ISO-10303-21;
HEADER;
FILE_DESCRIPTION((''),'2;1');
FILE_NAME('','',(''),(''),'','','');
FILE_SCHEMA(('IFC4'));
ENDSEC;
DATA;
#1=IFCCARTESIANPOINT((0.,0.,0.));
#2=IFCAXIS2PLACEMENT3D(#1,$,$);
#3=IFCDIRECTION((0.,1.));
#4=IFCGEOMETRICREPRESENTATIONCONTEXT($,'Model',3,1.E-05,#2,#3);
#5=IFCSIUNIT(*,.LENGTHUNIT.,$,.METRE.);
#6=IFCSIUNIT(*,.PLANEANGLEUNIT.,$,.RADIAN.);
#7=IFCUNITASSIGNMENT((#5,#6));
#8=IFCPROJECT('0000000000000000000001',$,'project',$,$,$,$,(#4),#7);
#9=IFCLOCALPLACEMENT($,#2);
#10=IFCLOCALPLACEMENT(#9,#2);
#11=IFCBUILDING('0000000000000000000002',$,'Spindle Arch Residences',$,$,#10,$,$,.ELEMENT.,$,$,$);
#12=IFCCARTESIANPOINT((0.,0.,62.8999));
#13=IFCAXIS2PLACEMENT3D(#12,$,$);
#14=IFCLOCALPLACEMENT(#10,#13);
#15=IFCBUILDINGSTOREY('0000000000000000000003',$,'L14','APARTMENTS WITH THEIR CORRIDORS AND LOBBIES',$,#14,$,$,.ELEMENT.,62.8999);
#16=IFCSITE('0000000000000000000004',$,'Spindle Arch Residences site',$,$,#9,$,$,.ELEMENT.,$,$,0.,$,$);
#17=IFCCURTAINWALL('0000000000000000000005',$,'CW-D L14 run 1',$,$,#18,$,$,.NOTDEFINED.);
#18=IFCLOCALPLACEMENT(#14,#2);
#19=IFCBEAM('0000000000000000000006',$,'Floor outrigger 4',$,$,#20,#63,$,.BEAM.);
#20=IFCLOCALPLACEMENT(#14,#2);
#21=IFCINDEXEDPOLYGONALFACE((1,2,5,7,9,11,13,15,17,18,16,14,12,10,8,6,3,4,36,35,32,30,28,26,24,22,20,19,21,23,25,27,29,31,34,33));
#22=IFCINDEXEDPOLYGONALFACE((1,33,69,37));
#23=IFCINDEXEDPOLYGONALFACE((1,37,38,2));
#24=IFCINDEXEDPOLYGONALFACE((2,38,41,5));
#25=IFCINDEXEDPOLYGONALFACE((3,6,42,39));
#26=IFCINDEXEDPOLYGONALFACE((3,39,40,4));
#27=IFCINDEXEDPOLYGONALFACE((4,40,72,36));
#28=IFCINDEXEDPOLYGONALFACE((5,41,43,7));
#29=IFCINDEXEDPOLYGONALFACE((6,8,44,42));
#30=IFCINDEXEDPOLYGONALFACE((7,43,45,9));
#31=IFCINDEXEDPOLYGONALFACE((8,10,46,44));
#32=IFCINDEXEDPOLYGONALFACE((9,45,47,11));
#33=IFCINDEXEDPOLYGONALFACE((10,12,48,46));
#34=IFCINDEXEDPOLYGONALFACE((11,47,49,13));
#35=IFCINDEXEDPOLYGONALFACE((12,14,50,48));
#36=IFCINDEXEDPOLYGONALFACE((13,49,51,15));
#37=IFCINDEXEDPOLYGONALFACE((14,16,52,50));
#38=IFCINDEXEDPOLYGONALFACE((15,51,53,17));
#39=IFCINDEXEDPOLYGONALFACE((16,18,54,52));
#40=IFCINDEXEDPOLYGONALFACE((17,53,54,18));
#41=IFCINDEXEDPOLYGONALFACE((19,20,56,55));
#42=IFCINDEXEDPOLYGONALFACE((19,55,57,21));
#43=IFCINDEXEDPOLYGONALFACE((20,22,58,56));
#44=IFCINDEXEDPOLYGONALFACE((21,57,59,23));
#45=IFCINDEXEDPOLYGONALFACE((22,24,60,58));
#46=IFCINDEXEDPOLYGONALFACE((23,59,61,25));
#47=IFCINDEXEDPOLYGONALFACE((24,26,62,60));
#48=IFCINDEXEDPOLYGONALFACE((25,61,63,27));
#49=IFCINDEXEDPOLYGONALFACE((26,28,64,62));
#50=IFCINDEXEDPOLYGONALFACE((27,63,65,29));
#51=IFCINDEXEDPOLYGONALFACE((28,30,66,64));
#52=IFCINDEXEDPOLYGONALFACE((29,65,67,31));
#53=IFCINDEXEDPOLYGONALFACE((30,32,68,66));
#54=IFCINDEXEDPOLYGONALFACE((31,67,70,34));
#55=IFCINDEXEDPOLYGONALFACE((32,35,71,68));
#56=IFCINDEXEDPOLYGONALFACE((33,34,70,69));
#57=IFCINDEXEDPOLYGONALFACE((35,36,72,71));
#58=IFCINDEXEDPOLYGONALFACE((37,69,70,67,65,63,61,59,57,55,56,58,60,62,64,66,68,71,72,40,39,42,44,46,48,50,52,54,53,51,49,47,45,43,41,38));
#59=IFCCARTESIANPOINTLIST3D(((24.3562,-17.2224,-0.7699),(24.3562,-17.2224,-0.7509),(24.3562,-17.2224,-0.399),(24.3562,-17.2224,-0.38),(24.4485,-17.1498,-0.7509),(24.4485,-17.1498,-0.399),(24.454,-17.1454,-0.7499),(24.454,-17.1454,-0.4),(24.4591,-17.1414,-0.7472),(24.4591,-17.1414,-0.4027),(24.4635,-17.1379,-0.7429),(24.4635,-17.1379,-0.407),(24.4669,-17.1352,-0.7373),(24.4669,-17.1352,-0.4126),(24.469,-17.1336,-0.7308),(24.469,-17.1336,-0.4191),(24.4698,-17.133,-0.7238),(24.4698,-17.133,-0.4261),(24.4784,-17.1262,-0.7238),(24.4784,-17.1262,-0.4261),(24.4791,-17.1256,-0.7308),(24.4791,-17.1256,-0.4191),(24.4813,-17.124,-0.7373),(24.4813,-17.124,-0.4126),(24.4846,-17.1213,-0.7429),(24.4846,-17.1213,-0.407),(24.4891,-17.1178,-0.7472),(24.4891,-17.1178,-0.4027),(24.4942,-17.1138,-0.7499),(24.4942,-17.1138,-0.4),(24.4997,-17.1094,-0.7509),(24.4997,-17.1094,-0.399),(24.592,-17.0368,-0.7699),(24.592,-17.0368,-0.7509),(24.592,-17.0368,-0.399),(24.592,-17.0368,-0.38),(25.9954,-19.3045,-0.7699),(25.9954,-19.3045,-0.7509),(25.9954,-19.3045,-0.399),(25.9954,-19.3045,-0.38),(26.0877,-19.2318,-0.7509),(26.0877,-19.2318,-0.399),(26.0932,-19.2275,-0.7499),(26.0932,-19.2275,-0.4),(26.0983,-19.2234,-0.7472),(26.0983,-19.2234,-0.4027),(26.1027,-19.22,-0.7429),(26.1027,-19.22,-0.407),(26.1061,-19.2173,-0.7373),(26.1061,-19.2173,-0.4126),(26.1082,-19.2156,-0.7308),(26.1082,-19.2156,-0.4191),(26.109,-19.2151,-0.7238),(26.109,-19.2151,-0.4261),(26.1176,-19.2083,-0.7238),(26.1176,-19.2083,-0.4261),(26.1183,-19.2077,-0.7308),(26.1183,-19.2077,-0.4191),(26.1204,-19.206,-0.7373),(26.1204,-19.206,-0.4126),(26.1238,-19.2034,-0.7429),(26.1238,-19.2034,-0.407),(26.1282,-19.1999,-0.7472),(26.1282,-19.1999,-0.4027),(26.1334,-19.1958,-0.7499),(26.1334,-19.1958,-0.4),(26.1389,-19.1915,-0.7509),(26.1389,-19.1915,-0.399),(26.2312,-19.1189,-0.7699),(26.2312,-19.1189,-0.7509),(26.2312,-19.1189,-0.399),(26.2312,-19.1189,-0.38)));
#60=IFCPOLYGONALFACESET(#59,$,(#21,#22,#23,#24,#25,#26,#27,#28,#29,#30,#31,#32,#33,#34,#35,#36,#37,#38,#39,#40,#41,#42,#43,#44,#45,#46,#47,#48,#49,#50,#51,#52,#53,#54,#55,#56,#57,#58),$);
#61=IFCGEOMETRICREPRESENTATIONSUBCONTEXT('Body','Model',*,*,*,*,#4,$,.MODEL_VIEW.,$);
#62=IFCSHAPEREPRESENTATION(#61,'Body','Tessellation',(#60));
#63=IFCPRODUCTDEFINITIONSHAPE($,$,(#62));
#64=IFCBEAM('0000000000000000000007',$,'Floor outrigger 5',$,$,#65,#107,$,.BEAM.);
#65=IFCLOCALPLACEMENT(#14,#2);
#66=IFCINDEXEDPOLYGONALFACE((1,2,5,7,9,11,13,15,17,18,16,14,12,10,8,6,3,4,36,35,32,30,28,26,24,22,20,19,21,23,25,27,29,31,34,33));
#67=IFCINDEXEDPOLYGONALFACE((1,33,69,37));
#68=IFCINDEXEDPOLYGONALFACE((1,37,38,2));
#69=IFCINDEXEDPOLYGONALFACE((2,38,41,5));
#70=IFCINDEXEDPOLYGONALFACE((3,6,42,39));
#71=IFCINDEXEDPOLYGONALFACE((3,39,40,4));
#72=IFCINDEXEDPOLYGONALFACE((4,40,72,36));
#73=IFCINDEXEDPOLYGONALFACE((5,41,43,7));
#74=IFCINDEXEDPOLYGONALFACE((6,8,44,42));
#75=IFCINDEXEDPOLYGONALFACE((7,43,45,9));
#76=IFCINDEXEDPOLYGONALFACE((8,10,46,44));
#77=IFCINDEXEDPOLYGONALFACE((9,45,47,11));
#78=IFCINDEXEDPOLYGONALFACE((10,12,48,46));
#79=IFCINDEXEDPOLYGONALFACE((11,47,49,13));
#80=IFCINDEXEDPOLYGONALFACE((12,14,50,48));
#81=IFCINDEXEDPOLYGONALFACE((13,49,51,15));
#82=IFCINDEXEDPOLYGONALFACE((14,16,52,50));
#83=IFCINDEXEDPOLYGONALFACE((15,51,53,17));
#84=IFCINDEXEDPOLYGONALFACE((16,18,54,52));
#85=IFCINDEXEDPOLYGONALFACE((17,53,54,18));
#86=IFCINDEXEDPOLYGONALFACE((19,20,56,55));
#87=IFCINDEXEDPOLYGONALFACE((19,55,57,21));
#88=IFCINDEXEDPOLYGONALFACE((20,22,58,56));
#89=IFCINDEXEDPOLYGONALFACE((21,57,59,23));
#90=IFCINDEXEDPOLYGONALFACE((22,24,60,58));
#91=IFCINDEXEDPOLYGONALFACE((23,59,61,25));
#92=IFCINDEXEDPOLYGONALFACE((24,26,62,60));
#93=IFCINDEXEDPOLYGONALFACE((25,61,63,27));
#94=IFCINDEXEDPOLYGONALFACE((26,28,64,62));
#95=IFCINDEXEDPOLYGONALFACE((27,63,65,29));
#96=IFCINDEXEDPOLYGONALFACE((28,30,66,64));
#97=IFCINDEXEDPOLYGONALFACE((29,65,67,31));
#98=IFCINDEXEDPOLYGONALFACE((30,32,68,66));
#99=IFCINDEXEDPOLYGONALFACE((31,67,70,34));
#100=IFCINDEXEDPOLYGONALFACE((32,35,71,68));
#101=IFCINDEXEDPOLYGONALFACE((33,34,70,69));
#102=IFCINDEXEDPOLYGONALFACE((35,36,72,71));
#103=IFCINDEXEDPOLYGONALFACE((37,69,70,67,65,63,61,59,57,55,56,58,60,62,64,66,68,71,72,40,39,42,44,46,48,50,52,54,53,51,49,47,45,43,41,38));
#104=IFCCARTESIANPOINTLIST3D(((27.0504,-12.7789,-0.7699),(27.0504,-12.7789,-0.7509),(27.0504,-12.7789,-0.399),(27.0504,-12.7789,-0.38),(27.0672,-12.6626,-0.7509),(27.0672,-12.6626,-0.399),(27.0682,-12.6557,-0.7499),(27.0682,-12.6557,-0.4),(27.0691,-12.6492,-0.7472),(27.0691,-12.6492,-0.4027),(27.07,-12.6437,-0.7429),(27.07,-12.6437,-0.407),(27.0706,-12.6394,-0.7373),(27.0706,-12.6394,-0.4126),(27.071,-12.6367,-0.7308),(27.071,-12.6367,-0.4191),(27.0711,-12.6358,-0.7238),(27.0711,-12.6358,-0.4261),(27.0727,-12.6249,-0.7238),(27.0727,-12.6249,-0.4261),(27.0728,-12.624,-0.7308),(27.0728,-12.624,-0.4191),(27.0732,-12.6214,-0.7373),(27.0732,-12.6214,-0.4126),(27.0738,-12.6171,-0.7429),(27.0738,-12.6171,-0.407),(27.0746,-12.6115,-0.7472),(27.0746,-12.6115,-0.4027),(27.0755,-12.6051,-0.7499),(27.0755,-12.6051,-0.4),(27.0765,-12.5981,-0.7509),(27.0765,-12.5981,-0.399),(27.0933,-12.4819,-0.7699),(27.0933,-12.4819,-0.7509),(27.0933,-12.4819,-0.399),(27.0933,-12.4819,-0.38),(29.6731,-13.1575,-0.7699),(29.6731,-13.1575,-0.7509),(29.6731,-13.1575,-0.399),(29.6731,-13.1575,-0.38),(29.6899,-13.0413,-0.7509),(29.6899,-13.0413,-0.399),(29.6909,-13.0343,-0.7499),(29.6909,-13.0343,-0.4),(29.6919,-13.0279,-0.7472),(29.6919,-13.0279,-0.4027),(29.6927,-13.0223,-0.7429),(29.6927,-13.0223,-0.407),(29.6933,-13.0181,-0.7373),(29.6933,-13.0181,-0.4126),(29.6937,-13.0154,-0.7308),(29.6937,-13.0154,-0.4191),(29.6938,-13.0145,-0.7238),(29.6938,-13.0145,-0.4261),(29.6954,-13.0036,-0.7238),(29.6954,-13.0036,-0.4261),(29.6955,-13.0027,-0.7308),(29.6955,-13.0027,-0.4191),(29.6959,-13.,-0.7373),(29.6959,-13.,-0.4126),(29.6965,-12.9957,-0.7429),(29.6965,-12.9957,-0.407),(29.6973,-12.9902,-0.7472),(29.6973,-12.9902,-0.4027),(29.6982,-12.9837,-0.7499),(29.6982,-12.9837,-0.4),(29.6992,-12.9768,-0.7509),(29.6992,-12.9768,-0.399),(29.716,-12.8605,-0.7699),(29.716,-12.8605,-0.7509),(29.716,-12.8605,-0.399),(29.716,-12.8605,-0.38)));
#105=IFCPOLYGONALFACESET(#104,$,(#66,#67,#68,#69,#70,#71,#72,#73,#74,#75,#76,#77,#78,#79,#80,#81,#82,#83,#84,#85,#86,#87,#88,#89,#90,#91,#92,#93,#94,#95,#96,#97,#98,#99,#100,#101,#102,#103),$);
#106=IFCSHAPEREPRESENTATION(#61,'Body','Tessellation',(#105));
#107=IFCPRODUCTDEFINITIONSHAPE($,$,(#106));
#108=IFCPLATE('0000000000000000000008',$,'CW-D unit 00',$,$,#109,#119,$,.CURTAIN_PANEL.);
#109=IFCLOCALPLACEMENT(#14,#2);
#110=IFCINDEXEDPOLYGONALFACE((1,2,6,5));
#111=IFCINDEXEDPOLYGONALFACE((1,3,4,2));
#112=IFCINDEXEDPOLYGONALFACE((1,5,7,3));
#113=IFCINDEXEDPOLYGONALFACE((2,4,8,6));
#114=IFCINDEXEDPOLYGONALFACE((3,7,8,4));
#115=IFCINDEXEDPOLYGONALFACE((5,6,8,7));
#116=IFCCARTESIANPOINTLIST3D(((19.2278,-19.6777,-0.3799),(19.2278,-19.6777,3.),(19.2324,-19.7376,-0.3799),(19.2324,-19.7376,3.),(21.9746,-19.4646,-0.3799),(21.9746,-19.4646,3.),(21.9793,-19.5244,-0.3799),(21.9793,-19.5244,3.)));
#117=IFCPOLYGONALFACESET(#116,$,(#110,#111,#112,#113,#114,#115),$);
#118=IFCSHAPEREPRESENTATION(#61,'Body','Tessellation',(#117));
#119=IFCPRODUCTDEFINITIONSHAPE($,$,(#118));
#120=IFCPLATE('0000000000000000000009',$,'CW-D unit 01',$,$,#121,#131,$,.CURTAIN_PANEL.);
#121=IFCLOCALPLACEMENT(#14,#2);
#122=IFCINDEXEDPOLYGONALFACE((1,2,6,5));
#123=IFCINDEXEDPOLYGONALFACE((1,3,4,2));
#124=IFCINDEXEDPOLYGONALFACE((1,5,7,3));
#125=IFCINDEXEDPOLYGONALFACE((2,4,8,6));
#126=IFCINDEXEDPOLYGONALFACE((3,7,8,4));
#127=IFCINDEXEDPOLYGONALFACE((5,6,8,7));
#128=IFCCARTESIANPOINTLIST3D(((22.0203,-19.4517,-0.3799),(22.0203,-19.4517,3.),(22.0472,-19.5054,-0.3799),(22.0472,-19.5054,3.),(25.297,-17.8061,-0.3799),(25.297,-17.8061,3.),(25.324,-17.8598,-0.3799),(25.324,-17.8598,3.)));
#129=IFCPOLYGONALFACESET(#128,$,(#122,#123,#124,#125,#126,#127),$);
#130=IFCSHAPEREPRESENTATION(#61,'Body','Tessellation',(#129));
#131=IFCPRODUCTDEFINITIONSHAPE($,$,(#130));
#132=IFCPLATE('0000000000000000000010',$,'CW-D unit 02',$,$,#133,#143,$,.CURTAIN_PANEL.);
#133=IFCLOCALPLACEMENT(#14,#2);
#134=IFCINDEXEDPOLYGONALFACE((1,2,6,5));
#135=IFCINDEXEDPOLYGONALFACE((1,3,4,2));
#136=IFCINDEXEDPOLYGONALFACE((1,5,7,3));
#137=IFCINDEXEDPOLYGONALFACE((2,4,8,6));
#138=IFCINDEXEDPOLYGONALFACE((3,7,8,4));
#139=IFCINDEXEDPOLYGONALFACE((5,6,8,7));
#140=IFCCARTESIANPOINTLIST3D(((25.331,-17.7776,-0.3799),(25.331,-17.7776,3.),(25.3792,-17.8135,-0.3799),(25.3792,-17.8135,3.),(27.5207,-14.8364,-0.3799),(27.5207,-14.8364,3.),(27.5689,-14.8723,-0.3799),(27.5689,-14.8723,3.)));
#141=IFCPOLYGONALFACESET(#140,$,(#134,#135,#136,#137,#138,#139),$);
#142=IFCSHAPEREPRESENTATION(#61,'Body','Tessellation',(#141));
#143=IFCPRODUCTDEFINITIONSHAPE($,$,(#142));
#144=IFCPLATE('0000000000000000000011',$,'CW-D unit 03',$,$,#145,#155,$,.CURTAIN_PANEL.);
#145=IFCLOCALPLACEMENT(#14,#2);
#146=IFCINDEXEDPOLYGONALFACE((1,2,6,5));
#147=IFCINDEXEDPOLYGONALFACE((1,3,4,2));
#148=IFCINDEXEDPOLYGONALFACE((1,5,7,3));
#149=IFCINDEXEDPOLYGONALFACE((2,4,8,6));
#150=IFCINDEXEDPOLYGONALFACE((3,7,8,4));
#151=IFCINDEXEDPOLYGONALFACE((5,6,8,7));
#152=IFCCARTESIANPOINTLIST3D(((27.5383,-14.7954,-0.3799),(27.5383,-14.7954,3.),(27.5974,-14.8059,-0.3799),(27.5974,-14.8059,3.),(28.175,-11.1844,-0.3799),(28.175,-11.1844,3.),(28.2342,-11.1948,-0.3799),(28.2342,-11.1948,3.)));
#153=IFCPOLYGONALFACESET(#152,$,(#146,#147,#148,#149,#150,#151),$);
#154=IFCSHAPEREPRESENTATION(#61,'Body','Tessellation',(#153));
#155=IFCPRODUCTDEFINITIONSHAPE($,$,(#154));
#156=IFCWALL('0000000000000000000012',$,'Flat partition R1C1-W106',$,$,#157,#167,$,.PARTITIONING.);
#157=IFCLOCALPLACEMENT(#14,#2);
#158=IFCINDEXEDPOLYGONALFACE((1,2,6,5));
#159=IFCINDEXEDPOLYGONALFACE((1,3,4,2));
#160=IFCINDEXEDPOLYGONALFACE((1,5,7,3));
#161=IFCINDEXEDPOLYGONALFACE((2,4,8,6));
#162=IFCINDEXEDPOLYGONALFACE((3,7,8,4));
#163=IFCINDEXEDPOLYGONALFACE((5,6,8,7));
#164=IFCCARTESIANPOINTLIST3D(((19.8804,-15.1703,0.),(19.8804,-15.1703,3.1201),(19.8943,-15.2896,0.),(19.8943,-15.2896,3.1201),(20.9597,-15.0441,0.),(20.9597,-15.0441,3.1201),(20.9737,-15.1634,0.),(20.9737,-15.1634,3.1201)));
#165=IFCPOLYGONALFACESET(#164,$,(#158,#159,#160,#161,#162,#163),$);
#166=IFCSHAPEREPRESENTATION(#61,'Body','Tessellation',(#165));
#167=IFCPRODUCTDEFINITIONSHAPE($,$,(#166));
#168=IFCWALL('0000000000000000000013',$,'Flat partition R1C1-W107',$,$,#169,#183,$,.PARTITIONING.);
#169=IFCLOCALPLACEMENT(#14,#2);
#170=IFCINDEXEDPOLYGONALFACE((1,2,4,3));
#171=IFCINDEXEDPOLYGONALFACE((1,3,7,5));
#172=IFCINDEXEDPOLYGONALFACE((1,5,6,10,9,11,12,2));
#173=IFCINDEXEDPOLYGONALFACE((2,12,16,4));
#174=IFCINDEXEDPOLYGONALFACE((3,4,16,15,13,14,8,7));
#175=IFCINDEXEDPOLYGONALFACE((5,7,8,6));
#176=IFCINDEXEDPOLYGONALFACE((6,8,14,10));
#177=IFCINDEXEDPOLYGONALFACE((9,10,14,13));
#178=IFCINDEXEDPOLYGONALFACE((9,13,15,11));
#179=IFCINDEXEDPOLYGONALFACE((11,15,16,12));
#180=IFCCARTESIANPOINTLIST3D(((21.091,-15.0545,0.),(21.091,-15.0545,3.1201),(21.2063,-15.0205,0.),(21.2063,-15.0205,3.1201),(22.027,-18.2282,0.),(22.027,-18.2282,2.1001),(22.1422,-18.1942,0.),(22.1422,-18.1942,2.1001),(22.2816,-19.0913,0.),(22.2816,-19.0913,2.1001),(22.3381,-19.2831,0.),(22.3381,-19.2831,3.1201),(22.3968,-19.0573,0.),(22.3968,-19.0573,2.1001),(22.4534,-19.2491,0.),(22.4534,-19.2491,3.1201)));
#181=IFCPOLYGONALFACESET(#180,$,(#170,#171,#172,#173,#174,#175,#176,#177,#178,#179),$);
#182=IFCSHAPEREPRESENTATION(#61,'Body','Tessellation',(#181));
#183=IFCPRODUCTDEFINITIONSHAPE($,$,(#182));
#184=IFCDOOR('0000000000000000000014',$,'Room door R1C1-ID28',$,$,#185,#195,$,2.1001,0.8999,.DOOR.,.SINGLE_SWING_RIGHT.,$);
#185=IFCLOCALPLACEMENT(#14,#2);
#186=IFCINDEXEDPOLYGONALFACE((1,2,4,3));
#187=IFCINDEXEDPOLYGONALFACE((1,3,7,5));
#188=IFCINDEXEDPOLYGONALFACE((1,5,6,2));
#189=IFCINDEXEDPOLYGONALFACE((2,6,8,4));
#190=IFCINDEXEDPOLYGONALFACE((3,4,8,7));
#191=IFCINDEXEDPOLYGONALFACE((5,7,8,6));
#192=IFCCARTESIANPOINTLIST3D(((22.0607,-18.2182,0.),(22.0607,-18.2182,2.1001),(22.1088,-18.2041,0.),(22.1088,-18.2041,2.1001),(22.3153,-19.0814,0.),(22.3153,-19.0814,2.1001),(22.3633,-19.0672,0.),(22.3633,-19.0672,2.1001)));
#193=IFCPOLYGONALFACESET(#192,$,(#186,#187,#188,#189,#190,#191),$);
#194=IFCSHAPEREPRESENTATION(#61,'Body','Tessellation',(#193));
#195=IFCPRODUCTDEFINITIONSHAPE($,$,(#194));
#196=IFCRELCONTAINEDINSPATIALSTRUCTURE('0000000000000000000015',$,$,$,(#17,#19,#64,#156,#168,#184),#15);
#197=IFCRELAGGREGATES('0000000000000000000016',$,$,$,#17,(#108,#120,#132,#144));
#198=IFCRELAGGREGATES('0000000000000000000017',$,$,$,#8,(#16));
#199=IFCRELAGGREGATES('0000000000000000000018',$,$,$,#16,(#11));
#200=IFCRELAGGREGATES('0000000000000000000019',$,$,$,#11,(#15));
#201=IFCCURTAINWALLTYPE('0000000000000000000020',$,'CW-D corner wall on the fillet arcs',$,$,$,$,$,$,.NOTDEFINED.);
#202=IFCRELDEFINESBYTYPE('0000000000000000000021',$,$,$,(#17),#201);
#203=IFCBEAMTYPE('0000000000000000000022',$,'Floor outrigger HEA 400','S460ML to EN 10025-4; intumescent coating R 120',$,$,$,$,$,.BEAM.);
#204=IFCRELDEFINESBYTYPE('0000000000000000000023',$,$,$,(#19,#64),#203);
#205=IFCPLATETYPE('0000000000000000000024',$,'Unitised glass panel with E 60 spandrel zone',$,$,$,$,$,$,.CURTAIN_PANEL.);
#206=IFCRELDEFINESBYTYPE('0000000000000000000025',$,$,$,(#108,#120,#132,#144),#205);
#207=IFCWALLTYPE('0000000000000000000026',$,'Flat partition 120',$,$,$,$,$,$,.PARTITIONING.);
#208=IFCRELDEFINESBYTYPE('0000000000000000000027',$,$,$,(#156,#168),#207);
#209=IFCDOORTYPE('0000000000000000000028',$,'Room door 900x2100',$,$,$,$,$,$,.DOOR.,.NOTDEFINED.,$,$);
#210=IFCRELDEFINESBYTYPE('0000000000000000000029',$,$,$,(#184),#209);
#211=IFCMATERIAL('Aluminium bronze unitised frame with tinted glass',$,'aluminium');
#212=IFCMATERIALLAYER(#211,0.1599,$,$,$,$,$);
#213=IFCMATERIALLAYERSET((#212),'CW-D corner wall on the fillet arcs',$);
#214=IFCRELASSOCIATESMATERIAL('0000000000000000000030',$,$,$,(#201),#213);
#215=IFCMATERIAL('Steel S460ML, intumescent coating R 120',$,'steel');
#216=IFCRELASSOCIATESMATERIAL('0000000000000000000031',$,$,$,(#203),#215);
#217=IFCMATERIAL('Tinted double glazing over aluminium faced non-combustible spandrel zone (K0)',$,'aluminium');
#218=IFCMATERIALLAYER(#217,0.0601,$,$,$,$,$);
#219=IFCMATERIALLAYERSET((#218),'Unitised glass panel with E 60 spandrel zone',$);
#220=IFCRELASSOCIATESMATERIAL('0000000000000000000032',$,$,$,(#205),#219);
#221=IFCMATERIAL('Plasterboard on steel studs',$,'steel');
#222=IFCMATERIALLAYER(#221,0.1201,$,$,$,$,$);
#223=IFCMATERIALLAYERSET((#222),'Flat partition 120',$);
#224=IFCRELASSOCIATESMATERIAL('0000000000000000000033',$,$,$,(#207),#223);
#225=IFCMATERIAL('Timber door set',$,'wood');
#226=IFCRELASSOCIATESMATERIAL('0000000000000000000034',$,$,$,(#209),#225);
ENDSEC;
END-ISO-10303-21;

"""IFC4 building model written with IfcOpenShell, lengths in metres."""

from ifc_helpers import new_model, si_unit, direction, frame, frame_2d, origin, origin_2d, place, context, subcontext, project, spatial, rectangle, i_section, extrude, material, layer, layer_set, material_profile, profile_set, type_object, element, fill, aggregate, save


model = new_model("IFC4")

# Units and contexts
model_context = context("Model", 3, precision=1e-05, world=origin(), true_north=direction((0.0, 1.0)))
body_context = subcontext(model_context, "Body", "Model", "MODEL_VIEW")
ifc_project = project(units=[si_unit("LENGTHUNIT", "METRE"), si_unit("PLANEANGLEUNIT", "RADIAN")], contexts=[model_context])

# Site, building, storey
site_placement = place(None, origin())
site = spatial("IfcSite", under=ifc_project, at=site_placement, Name="Spindle Arch Residences site", CompositionType="ELEMENT", RefElevation=0.0)
building_placement = place(site_placement, origin())
building = spatial("IfcBuilding", under=site, at=building_placement, Name="Spindle Arch Residences", CompositionType="ELEMENT")
storey_placement = place(building_placement, frame((0.0, 0.0, 62.8999)))
storey = spatial("IfcBuildingStorey", under=building, at=storey_placement, Name="L14", Description="APARTMENTS WITH THEIR CORRIDORS AND LOBBIES", CompositionType="ELEMENT", Elevation=62.8999)

# Curtain wall
ifc_material_1 = material(Name="Aluminium bronze unitised frame with tinted glass", Category="aluminium")
ifc_layer_1 = layer(ifc_material_1, 0.1599)
ifc_layer_set_1 = layer_set([ifc_layer_1], Name="CW-D corner wall on the fillet arcs")
curtain_wall_type = type_object("IfcCurtainWallType", Name="CW-D corner wall on the fillet arcs", PredefinedType="NOTDEFINED", material=ifc_layer_set_1)
curtain_wall_placement = place(storey_placement, origin())
curtain_wall = element("IfcCurtainWall", 1, at=curtain_wall_placement, inside=storey, type_object=curtain_wall_type, Name="CW-D L14 run 1", PredefinedType="NOTDEFINED")

# Beams
ifc_material_2 = material(Name="Steel S460ML, intumescent coating R 120", Category="steel")
ifc_material_profile_1 = material_profile(ifc_material_2, i_section(OverallWidth=0.3, OverallDepth=0.3899, WebThickness=0.011, FlangeThickness=0.019, FilletRadius=0.0271, at=origin_2d()), Name="HEA 400")
ifc_profile_set_1 = profile_set([ifc_material_profile_1], Name="Steel S460ML, intumescent coating R 120")
beam_type_1 = type_object("IfcBeamType", Name="Floor outrigger HEA 400", Description="S460ML to EN 10025-4; intumescent coating R 120", PredefinedType="BEAM", material=ifc_profile_set_1)
for number, where, z_axis, x_axis, name in (
    (2, (26.1133, -19.2117, -0.575), (-0.618586, 0.785717, 0.0), (-0.785717, -0.618586, 0.0), "Floor outrigger 4"),
    (3, (29.6946, -13.009, -0.575), (-0.989738, 0.142892, 0.0), (-0.142892, -0.989738, 0.0), "Floor outrigger 5"),
):
    element("IfcBeam", number, at=place(storey_placement, frame(where, z_axis=z_axis, x_axis=x_axis)), inside=storey, type_object=beam_type_1, Name=name, PredefinedType="BEAM", context=body_context, shape_type="SweptSolid", body=[
        extrude(i_section(OverallWidth=0.3, OverallDepth=0.3899, WebThickness=0.011, FlangeThickness=0.019, FilletRadius=0.0271, at=origin_2d()), origin(), (0.0, 0.0, 1.0), 2.6499),
    ])

# Plates
ifc_material_3 = material(Name="Tinted double glazing over aluminium faced non-combustible spandrel zone (K0)", Category="aluminium")
ifc_layer_2 = layer(ifc_material_3, 0.0601)
ifc_layer_set_2 = layer_set([ifc_layer_2], Name="Unitised glass panel with E 60 spandrel zone")
plate_type = type_object("IfcPlateType", Name="Unitised glass panel with E 60 spandrel zone", PredefinedType="CURTAIN_PANEL", material=ifc_layer_set_2)
plate_1_placement = place(storey_placement, frame((20.6035, -19.6011, -0.3799), z_axis=(0.0, 0.0, 1.0), x_axis=(0.997003, 0.077364, 0.0)))
plate_1 = element("IfcPlate", 4, at=plate_1_placement, type_object=plate_type, Name="CW-D unit 00", PredefinedType="CURTAIN_PANEL", context=body_context, shape_type="SweptSolid", body=[
    extrude(rectangle(XDim=2.7551, YDim=0.0601, at=origin_2d()), origin(), (0.0, 0.0, 1.0), 3.3799),
])
plate_2_placement = place(storey_placement, frame((23.6721, -18.6558, -0.3799), z_axis=(0.0, 0.0, 1.0), x_axis=(0.893633, 0.448799, 0.0)))
plate_2 = element("IfcPlate", 5, at=plate_2_placement, type_object=plate_type, Name="CW-D unit 01", PredefinedType="CURTAIN_PANEL", context=body_context, shape_type="SweptSolid", body=[
    extrude(rectangle(XDim=3.6667, YDim=0.0601, at=origin_2d()), origin(), (0.0, 0.0, 1.0), 3.3799),
])
plate_3_placement = place(storey_placement, frame((26.45, -16.325, -0.3799), z_axis=(0.0, 0.0, 1.0), x_axis=(0.597159, 0.802123, 0.0)))
plate_3 = element("IfcPlate", 6, at=plate_3_placement, type_object=plate_type, Name="CW-D unit 02", PredefinedType="CURTAIN_PANEL", context=body_context, shape_type="SweptSolid", body=[
    extrude(rectangle(XDim=3.6667, YDim=0.0601, at=origin_2d()), origin(), (0.0, 0.0, 1.0), 3.3799),
])
plate_4_placement = place(storey_placement, frame((27.8862, -12.9951, -0.3799), z_axis=(0.0, 0.0, 1.0), x_axis=(0.173648, 0.984808, 0.0)))
plate_4 = element("IfcPlate", 7, at=plate_4_placement, type_object=plate_type, Name="CW-D unit 03", PredefinedType="CURTAIN_PANEL", context=body_context, shape_type="SweptSolid", body=[
    extrude(rectangle(XDim=3.6667, YDim=0.0601, at=origin_2d()), origin(), (0.0, 0.0, 1.0), 3.3799),
])
aggregate(curtain_wall, [plate_1, plate_2, plate_3, plate_4])

# Wall
ifc_material_4 = material(Name="Plasterboard on steel studs", Category="steel")
ifc_layer_3 = layer(ifc_material_4, 0.1201)
ifc_layer_set_3 = layer_set([ifc_layer_3], Name="Flat partition 120")
wall_type_1 = type_object("IfcWallType", Name="Flat partition 120", PredefinedType="PARTITIONING", material=ifc_layer_set_3)
wall_1_placement = place(storey_placement, frame((20.9668, -15.1038, 0.0), z_axis=(0.0, 0.0, 1.0), x_axis=(-0.993232, -0.11615, 0.0)))
element("IfcWall", 8, at=wall_1_placement, inside=storey, type_object=wall_type_1, Name="Flat partition R1C1-W106", PredefinedType="PARTITIONING", context=body_context, shape_type="SweptSolid", body=[
    extrude(rectangle(XDim=1.0867, YDim=0.1201, at=frame_2d((0.5435, 0.0))), origin(), (0.0, 0.0, 1.0), 3.1201),
])

# Wall, opening, door
wall_2_placement = place(storey_placement, frame((22.3958, -19.2661, 0.0), z_axis=(0.0, 0.0, 1.0), x_axis=(-0.282874, 0.959157, 0.0)))
wall_2 = element("IfcWall", 9, at=wall_2_placement, inside=storey, type_object=wall_type_1, Name="Flat partition R1C1-W107", PredefinedType="PARTITIONING", context=body_context, shape_type="SweptSolid", body=[
    extrude(rectangle(XDim=4.4087, YDim=0.1201, at=frame_2d((2.2043, 0.0))), origin(), (0.0, 0.0, 1.0), 3.1201),
])
opening_placement = place(wall_2_placement, frame((0.2, 0.0, 0.0)))
opening = element("IfcOpeningElement", 10, at=opening_placement, cuts=wall_2, PredefinedType="OPENING", context=body_context, shape_type="SweptSolid", body=[
    extrude(rectangle(XDim=0.8999, YDim=2.1001, at=frame_2d((0.45, 1.05))), frame((0.0, 0.0701, 0.0), z_axis=(0.0, -1.0, 0.0), x_axis=(1.0, 0.0, 0.0)), (0.0, 0.0, 1.0), 0.1401),
])
ifc_material_5 = material(Name="Timber door set", Category="wood")
door_type = type_object("IfcDoorType", Name="Room door 900x2100", OperationType="NOTDEFINED", PredefinedType="DOOR", material=ifc_material_5)
door_placement = place(opening_placement, origin())
door = element("IfcDoor", 11, at=door_placement, inside=storey, type_object=door_type, Name="Room door R1C1-ID28", OperationType="SINGLE_SWING_RIGHT", OverallHeight=2.1001, OverallWidth=0.8999, PredefinedType="DOOR", context=body_context, shape_type="SweptSolid", body=[
    extrude(rectangle(XDim=0.8999, YDim=2.1001, at=frame_2d((0.45, 1.05))), frame((0.0, 0.0249, 0.0), z_axis=(0.0, -1.0, 0.0), x_axis=(1.0, 0.0, 0.0)), (0.0, 0.0, 1.0), 0.05),
])
fill(opening, door)

save(model, "model.ifc")
